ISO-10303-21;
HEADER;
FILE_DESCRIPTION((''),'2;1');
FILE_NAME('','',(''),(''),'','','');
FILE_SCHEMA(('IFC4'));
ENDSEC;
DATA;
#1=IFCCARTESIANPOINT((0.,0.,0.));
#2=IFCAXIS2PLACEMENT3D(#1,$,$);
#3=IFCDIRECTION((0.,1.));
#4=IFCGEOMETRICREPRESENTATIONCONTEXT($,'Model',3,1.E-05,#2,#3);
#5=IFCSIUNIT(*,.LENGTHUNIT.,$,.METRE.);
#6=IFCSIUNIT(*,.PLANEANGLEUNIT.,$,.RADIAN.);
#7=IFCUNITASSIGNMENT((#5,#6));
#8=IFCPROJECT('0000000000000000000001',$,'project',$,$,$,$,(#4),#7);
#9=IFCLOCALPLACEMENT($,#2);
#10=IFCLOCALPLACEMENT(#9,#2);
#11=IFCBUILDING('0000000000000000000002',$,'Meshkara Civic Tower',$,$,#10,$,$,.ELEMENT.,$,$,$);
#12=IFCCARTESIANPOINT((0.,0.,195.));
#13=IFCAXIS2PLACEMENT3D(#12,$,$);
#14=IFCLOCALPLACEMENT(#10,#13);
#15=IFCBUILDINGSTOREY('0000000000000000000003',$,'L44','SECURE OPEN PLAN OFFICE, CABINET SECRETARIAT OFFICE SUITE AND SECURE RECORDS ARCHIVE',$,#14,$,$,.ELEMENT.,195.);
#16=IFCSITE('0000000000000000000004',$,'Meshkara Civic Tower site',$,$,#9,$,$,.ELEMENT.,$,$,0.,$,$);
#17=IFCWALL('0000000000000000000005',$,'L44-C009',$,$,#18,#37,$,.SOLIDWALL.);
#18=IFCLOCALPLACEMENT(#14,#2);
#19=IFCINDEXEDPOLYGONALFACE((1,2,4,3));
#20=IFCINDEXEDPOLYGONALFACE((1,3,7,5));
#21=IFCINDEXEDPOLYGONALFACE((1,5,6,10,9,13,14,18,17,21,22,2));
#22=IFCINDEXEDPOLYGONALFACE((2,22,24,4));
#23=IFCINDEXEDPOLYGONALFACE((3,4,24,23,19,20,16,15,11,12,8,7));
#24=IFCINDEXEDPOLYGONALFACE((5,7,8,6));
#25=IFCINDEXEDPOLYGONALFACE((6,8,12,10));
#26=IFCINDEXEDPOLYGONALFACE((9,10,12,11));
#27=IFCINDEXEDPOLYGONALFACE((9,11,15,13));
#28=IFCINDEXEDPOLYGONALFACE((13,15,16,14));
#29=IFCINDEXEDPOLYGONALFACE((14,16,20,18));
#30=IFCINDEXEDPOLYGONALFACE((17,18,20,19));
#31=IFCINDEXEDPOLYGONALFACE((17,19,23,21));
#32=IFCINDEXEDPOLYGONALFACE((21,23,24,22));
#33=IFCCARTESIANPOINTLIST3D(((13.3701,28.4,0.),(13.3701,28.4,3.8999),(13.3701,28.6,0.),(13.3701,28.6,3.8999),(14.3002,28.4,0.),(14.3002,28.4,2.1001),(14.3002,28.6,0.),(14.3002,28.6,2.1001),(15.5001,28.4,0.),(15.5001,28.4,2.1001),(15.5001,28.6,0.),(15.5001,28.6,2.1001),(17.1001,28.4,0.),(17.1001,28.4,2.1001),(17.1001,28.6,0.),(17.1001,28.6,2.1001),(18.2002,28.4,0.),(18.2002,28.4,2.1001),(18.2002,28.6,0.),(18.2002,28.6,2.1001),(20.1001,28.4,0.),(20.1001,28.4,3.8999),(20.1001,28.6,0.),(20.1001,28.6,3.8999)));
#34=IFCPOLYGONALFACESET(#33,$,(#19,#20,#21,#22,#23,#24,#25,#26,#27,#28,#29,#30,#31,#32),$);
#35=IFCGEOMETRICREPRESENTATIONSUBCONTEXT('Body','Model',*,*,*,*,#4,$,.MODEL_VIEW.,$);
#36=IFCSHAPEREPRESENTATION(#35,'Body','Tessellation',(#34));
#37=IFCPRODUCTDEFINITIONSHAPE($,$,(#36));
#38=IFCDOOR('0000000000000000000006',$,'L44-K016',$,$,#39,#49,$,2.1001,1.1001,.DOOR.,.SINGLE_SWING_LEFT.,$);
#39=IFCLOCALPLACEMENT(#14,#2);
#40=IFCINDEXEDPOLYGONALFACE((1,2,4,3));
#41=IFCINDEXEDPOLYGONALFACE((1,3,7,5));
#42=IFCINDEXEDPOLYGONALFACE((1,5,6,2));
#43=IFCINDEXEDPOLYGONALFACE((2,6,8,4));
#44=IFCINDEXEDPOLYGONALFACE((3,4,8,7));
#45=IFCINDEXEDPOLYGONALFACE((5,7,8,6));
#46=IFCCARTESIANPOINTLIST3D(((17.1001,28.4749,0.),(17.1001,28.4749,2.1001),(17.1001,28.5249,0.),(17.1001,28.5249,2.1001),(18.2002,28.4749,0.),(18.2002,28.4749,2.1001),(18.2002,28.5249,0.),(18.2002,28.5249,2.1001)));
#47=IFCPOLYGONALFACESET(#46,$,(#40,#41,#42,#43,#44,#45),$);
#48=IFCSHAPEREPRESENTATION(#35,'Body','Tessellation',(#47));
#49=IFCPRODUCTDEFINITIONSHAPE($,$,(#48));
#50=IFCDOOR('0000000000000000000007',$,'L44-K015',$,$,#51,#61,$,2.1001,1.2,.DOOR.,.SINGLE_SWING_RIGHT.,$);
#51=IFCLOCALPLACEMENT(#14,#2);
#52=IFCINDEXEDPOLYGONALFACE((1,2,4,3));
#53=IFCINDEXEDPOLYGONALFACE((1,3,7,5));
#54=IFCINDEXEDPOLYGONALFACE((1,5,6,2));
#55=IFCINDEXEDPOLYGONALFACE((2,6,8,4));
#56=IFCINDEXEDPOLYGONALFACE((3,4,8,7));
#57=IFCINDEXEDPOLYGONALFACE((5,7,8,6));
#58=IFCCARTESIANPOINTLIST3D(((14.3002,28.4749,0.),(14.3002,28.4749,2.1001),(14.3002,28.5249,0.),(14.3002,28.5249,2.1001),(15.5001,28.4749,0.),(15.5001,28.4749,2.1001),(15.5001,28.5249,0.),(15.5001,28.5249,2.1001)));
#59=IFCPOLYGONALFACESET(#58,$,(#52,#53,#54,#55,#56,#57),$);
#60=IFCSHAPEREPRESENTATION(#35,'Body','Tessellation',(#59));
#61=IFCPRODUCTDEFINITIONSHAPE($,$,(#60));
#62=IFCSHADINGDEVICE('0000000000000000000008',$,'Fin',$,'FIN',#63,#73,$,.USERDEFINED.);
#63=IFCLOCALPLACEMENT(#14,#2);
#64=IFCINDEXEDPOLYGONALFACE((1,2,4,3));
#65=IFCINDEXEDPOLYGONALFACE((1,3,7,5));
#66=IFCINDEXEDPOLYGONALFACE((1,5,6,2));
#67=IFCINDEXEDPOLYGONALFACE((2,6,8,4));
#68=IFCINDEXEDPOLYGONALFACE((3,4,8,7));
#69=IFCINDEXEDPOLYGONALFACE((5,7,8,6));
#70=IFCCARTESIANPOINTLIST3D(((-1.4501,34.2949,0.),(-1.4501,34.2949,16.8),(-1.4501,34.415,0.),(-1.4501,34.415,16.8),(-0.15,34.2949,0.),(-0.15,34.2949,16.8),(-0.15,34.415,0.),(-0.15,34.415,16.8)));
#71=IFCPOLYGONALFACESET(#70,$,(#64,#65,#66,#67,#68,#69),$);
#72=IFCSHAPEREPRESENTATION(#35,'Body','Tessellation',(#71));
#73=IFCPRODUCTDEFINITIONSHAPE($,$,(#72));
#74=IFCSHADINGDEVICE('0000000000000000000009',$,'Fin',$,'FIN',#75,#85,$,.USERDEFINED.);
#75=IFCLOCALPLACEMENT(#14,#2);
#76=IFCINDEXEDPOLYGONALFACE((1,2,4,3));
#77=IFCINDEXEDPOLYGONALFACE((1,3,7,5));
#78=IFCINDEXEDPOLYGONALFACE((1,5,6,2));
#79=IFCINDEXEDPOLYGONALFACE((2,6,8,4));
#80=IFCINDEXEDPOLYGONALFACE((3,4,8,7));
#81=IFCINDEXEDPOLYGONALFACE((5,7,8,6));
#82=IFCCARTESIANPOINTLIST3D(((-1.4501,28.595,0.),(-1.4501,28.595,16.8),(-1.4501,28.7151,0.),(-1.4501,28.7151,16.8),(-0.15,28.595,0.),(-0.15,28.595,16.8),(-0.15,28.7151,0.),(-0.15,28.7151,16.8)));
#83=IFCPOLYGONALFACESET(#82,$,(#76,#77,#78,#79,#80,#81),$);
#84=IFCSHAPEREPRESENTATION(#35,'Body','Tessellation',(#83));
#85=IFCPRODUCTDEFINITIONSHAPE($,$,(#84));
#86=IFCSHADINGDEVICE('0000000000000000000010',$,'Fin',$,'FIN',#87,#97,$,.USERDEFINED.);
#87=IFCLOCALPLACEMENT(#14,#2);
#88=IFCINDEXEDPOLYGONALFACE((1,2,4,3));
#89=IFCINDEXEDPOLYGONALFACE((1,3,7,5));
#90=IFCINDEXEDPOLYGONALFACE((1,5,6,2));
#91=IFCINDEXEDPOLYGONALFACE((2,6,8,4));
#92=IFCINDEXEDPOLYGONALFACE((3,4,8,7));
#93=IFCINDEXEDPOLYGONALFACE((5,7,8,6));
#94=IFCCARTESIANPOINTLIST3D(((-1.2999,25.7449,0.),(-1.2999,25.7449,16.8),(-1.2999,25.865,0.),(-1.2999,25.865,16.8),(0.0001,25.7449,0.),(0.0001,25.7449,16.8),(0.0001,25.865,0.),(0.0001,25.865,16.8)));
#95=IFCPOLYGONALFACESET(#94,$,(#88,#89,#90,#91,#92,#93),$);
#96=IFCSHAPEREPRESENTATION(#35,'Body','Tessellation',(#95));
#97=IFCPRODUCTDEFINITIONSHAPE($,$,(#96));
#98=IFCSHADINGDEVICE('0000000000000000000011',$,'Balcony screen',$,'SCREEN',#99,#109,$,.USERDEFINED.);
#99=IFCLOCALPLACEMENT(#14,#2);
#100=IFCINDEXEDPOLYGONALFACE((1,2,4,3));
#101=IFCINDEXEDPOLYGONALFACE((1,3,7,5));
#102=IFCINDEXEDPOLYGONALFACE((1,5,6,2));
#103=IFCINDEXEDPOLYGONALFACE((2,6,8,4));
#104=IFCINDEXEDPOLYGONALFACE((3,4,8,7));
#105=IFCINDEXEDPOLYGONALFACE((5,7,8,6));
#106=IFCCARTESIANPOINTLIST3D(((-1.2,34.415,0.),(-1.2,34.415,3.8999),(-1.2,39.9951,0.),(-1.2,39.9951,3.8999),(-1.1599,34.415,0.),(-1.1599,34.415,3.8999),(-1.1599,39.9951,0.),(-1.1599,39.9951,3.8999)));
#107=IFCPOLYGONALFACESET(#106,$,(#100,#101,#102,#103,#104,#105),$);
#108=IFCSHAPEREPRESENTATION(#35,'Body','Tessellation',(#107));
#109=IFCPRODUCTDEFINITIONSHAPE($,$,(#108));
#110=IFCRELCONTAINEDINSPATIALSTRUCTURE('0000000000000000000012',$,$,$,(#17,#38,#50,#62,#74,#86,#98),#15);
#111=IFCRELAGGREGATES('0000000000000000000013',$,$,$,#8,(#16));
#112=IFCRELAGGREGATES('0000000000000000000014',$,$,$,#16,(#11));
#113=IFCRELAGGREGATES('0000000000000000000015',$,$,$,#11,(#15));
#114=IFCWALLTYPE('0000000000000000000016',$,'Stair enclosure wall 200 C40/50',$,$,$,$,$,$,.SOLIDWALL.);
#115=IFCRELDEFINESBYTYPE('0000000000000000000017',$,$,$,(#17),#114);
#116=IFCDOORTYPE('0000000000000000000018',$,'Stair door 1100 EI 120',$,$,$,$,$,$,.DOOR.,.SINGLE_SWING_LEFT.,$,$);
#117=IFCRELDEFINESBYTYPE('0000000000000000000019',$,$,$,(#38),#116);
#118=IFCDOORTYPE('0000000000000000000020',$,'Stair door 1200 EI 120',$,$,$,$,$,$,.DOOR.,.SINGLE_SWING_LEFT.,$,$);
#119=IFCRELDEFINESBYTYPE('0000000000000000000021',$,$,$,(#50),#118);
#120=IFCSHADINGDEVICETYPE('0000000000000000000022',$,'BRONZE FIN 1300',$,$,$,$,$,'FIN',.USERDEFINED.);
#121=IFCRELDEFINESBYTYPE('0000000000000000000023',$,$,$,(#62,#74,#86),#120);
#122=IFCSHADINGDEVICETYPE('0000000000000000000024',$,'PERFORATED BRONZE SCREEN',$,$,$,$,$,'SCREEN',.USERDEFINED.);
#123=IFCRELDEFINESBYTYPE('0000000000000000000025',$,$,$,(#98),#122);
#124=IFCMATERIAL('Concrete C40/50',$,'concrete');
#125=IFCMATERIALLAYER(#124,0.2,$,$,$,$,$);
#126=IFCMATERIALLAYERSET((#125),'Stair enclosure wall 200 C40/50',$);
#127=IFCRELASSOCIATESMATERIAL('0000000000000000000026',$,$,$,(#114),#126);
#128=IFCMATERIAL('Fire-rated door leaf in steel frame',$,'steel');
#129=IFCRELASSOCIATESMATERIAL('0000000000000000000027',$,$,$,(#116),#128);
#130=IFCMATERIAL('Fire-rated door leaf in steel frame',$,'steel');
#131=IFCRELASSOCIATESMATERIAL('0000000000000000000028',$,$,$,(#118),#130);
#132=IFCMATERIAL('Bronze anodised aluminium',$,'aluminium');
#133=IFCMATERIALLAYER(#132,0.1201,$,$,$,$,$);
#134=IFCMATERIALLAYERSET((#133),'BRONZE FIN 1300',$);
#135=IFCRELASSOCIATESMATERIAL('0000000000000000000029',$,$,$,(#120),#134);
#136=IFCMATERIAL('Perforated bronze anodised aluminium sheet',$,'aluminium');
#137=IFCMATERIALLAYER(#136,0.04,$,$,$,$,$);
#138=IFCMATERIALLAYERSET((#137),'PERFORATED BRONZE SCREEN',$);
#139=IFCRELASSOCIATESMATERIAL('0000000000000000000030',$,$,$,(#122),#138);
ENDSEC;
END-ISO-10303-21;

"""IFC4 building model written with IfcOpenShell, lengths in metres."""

from ifc_helpers import new_model, si_unit, direction, frame, frame_2d, origin, origin_2d, place, context, subcontext, project, spatial, rectangle, extrude, material, layer, layer_set, type_object, element, fill, save


model = new_model("IFC4")

# Units and contexts
model_context = context("Model", 3, precision=1e-05, world=origin(), true_north=direction((0.0, 1.0)))
body_context = subcontext(model_context, "Body", "Model", "MODEL_VIEW")
ifc_project = project(units=[si_unit("LENGTHUNIT", "METRE"), si_unit("PLANEANGLEUNIT", "RADIAN")], contexts=[model_context])

# Site, building, storey
site_placement = place(None, origin())
site = spatial("IfcSite", under=ifc_project, at=site_placement, Name="Meshkara Civic Tower site", CompositionType="ELEMENT", RefElevation=0.0)
building_placement = place(site_placement, origin())
building = spatial("IfcBuilding", under=site, at=building_placement, Name="Meshkara Civic Tower", CompositionType="ELEMENT")
storey_placement = place(building_placement, frame((0.0, 0.0, 195.0)))
storey = spatial("IfcBuildingStorey", under=building, at=storey_placement, Name="L44", Description="SECURE OPEN PLAN OFFICE, CABINET SECRETARIAT OFFICE SUITE AND SECURE RECORDS ARCHIVE", CompositionType="ELEMENT", Elevation=195.0)

# Wall, openings, doors
ifc_material_1 = material(Name="Concrete C40/50", Category="concrete")
ifc_layer_1 = layer(ifc_material_1, 0.2)
ifc_layer_set_1 = layer_set([ifc_layer_1], Name="Stair enclosure wall 200 C40/50")
wall_type_1 = type_object("IfcWallType", Name="Stair enclosure wall 200 C40/50", PredefinedType="SOLIDWALL", material=ifc_layer_set_1)
wall_1_placement = place(storey_placement, frame((13.3701, 28.5, 0.0), z_axis=(0.0, 0.0, 1.0), x_axis=(1.0, 0.0, 0.0)))
wall_1 = element("IfcWall", 1, at=wall_1_placement, inside=storey, type_object=wall_type_1, Name="L44-C009", PredefinedType="SOLIDWALL", context=body_context, shape_type="SweptSolid", body=[
    extrude(rectangle(XDim=6.73, YDim=0.2, at=frame_2d((3.365, 0.0))), origin(), (0.0, 0.0, 1.0), 3.8999),
])
opening_1_placement = place(wall_1_placement, frame((0.9299, 0.0, 0.0)))
opening_1 = element("IfcOpeningElement", 2, at=opening_1_placement, cuts=wall_1, PredefinedType="OPENING", context=body_context, shape_type="SweptSolid", body=[
    extrude(rectangle(XDim=1.2, YDim=2.1001, at=frame_2d((0.6001, 1.05))), frame((0.0, 0.1099, 0.0), z_axis=(0.0, -1.0, 0.0), x_axis=(1.0, 0.0, 0.0)), (0.0, 0.0, 1.0), 0.22),
])
opening_2_placement = place(wall_1_placement, frame((3.73, 0.0, 0.0)))
opening_2 = element("IfcOpeningElement", 3, at=opening_2_placement, cuts=wall_1, PredefinedType="OPENING", context=body_context, shape_type="SweptSolid", body=[
    extrude(rectangle(XDim=1.1001, YDim=2.1001, at=frame_2d((0.55, 1.05))), frame((0.0, 0.1099, 0.0), z_axis=(0.0, -1.0, 0.0), x_axis=(1.0, 0.0, 0.0)), (0.0, 0.0, 1.0), 0.22),
])
ifc_material_2 = material(Name="Fire-rated door leaf in steel frame", Category="steel")
door_type_1 = type_object("IfcDoorType", Name="Stair door 1100 EI 120", OperationType="SINGLE_SWING_LEFT", PredefinedType="DOOR", material=ifc_material_2)
door_1_placement = place(opening_2_placement, origin())
door_1 = element("IfcDoor", 4, at=door_1_placement, inside=storey, type_object=door_type_1, Name="L44-K016", OperationType="SINGLE_SWING_LEFT", OverallHeight=2.1001, OverallWidth=1.1001, PredefinedType="DOOR", context=body_context, shape_type="SweptSolid", body=[
    extrude(rectangle(XDim=1.1001, YDim=2.1001, at=frame_2d((0.55, 1.05))), frame((0.0, 0.0249, 0.0), z_axis=(0.0, -1.0, 0.0), x_axis=(1.0, 0.0, 0.0)), (0.0, 0.0, 1.0), 0.05),
])
fill(opening_2, door_1)
ifc_material_3 = material(Name="Fire-rated door leaf in steel frame", Category="steel")
door_type_2 = type_object("IfcDoorType", Name="Stair door 1200 EI 120", OperationType="SINGLE_SWING_LEFT", PredefinedType="DOOR", material=ifc_material_3)
door_2_placement = place(opening_1_placement, origin())
door_2 = element("IfcDoor", 5, at=door_2_placement, inside=storey, type_object=door_type_2, Name="L44-K015", OperationType="SINGLE_SWING_RIGHT", OverallHeight=2.1001, OverallWidth=1.2, PredefinedType="DOOR", context=body_context, shape_type="SweptSolid", body=[
    extrude(rectangle(XDim=1.2, YDim=2.1001, at=frame_2d((0.6001, 1.05))), frame((0.0, 0.0249, 0.0), z_axis=(0.0, -1.0, 0.0), x_axis=(1.0, 0.0, 0.0)), (0.0, 0.0, 1.0), 0.05),
])
fill(opening_1, door_2)

# Shading devices
ifc_material_4 = material(Name="Bronze anodised aluminium", Category="aluminium")
ifc_layer_2 = layer(ifc_material_4, 0.1201)
ifc_layer_set_2 = layer_set([ifc_layer_2], Name="BRONZE FIN 1300")
shading_device_type_1 = type_object("IfcShadingDeviceType", Name="BRONZE FIN 1300", ElementType="FIN", PredefinedType="USERDEFINED", material=ifc_layer_set_2)
for number, where, z_axis, x_axis, name in (
    (6, (-0.8, 34.355, 0.0), (0.0, 0.0, 1.0), (0.0, -1.0, 0.0), "Fin"),
    (7, (-0.8, 28.655, 0.0), (0.0, 0.0, 1.0), (0.0, -1.0, 0.0), "Fin"),
    (8, (-0.6499, 25.8049, 0.0), (0.0, 0.0, 1.0), (0.0, -1.0, 0.0), "Fin"),
):
    element("IfcShadingDevice", number, at=place(storey_placement, frame(where, z_axis=z_axis, x_axis=x_axis)), inside=storey, type_object=shading_device_type_1, Name=name, ObjectType="FIN", PredefinedType="USERDEFINED", context=body_context, shape_type="SweptSolid", body=[
        extrude(rectangle(XDim=0.1201, YDim=1.3, at=origin_2d()), origin(), (0.0, 0.0, 1.0), 16.8),
    ])
ifc_material_5 = material(Name="Perforated bronze anodised aluminium sheet", Category="aluminium")
ifc_layer_3 = layer(ifc_material_5, 0.04)
ifc_layer_set_3 = layer_set([ifc_layer_3], Name="PERFORATED BRONZE SCREEN")
shading_device_type_2 = type_object("IfcShadingDeviceType", Name="PERFORATED BRONZE SCREEN", ElementType="SCREEN", PredefinedType="USERDEFINED", material=ifc_layer_set_3)
shading_device_placement = place(storey_placement, frame((-1.1799, 37.2051, 0.0), z_axis=(0.0, 0.0, 1.0), x_axis=(0.0, -1.0, 0.0)))
element("IfcShadingDevice", 9, at=shading_device_placement, inside=storey, type_object=shading_device_type_2, Name="Balcony screen", ObjectType="SCREEN", PredefinedType="USERDEFINED", context=body_context, shape_type="SweptSolid", body=[
    extrude(rectangle(XDim=5.5801, YDim=0.04, at=origin_2d()), origin(), (0.0, 0.0, 1.0), 3.8999),
])

save(model, "model.ifc")
